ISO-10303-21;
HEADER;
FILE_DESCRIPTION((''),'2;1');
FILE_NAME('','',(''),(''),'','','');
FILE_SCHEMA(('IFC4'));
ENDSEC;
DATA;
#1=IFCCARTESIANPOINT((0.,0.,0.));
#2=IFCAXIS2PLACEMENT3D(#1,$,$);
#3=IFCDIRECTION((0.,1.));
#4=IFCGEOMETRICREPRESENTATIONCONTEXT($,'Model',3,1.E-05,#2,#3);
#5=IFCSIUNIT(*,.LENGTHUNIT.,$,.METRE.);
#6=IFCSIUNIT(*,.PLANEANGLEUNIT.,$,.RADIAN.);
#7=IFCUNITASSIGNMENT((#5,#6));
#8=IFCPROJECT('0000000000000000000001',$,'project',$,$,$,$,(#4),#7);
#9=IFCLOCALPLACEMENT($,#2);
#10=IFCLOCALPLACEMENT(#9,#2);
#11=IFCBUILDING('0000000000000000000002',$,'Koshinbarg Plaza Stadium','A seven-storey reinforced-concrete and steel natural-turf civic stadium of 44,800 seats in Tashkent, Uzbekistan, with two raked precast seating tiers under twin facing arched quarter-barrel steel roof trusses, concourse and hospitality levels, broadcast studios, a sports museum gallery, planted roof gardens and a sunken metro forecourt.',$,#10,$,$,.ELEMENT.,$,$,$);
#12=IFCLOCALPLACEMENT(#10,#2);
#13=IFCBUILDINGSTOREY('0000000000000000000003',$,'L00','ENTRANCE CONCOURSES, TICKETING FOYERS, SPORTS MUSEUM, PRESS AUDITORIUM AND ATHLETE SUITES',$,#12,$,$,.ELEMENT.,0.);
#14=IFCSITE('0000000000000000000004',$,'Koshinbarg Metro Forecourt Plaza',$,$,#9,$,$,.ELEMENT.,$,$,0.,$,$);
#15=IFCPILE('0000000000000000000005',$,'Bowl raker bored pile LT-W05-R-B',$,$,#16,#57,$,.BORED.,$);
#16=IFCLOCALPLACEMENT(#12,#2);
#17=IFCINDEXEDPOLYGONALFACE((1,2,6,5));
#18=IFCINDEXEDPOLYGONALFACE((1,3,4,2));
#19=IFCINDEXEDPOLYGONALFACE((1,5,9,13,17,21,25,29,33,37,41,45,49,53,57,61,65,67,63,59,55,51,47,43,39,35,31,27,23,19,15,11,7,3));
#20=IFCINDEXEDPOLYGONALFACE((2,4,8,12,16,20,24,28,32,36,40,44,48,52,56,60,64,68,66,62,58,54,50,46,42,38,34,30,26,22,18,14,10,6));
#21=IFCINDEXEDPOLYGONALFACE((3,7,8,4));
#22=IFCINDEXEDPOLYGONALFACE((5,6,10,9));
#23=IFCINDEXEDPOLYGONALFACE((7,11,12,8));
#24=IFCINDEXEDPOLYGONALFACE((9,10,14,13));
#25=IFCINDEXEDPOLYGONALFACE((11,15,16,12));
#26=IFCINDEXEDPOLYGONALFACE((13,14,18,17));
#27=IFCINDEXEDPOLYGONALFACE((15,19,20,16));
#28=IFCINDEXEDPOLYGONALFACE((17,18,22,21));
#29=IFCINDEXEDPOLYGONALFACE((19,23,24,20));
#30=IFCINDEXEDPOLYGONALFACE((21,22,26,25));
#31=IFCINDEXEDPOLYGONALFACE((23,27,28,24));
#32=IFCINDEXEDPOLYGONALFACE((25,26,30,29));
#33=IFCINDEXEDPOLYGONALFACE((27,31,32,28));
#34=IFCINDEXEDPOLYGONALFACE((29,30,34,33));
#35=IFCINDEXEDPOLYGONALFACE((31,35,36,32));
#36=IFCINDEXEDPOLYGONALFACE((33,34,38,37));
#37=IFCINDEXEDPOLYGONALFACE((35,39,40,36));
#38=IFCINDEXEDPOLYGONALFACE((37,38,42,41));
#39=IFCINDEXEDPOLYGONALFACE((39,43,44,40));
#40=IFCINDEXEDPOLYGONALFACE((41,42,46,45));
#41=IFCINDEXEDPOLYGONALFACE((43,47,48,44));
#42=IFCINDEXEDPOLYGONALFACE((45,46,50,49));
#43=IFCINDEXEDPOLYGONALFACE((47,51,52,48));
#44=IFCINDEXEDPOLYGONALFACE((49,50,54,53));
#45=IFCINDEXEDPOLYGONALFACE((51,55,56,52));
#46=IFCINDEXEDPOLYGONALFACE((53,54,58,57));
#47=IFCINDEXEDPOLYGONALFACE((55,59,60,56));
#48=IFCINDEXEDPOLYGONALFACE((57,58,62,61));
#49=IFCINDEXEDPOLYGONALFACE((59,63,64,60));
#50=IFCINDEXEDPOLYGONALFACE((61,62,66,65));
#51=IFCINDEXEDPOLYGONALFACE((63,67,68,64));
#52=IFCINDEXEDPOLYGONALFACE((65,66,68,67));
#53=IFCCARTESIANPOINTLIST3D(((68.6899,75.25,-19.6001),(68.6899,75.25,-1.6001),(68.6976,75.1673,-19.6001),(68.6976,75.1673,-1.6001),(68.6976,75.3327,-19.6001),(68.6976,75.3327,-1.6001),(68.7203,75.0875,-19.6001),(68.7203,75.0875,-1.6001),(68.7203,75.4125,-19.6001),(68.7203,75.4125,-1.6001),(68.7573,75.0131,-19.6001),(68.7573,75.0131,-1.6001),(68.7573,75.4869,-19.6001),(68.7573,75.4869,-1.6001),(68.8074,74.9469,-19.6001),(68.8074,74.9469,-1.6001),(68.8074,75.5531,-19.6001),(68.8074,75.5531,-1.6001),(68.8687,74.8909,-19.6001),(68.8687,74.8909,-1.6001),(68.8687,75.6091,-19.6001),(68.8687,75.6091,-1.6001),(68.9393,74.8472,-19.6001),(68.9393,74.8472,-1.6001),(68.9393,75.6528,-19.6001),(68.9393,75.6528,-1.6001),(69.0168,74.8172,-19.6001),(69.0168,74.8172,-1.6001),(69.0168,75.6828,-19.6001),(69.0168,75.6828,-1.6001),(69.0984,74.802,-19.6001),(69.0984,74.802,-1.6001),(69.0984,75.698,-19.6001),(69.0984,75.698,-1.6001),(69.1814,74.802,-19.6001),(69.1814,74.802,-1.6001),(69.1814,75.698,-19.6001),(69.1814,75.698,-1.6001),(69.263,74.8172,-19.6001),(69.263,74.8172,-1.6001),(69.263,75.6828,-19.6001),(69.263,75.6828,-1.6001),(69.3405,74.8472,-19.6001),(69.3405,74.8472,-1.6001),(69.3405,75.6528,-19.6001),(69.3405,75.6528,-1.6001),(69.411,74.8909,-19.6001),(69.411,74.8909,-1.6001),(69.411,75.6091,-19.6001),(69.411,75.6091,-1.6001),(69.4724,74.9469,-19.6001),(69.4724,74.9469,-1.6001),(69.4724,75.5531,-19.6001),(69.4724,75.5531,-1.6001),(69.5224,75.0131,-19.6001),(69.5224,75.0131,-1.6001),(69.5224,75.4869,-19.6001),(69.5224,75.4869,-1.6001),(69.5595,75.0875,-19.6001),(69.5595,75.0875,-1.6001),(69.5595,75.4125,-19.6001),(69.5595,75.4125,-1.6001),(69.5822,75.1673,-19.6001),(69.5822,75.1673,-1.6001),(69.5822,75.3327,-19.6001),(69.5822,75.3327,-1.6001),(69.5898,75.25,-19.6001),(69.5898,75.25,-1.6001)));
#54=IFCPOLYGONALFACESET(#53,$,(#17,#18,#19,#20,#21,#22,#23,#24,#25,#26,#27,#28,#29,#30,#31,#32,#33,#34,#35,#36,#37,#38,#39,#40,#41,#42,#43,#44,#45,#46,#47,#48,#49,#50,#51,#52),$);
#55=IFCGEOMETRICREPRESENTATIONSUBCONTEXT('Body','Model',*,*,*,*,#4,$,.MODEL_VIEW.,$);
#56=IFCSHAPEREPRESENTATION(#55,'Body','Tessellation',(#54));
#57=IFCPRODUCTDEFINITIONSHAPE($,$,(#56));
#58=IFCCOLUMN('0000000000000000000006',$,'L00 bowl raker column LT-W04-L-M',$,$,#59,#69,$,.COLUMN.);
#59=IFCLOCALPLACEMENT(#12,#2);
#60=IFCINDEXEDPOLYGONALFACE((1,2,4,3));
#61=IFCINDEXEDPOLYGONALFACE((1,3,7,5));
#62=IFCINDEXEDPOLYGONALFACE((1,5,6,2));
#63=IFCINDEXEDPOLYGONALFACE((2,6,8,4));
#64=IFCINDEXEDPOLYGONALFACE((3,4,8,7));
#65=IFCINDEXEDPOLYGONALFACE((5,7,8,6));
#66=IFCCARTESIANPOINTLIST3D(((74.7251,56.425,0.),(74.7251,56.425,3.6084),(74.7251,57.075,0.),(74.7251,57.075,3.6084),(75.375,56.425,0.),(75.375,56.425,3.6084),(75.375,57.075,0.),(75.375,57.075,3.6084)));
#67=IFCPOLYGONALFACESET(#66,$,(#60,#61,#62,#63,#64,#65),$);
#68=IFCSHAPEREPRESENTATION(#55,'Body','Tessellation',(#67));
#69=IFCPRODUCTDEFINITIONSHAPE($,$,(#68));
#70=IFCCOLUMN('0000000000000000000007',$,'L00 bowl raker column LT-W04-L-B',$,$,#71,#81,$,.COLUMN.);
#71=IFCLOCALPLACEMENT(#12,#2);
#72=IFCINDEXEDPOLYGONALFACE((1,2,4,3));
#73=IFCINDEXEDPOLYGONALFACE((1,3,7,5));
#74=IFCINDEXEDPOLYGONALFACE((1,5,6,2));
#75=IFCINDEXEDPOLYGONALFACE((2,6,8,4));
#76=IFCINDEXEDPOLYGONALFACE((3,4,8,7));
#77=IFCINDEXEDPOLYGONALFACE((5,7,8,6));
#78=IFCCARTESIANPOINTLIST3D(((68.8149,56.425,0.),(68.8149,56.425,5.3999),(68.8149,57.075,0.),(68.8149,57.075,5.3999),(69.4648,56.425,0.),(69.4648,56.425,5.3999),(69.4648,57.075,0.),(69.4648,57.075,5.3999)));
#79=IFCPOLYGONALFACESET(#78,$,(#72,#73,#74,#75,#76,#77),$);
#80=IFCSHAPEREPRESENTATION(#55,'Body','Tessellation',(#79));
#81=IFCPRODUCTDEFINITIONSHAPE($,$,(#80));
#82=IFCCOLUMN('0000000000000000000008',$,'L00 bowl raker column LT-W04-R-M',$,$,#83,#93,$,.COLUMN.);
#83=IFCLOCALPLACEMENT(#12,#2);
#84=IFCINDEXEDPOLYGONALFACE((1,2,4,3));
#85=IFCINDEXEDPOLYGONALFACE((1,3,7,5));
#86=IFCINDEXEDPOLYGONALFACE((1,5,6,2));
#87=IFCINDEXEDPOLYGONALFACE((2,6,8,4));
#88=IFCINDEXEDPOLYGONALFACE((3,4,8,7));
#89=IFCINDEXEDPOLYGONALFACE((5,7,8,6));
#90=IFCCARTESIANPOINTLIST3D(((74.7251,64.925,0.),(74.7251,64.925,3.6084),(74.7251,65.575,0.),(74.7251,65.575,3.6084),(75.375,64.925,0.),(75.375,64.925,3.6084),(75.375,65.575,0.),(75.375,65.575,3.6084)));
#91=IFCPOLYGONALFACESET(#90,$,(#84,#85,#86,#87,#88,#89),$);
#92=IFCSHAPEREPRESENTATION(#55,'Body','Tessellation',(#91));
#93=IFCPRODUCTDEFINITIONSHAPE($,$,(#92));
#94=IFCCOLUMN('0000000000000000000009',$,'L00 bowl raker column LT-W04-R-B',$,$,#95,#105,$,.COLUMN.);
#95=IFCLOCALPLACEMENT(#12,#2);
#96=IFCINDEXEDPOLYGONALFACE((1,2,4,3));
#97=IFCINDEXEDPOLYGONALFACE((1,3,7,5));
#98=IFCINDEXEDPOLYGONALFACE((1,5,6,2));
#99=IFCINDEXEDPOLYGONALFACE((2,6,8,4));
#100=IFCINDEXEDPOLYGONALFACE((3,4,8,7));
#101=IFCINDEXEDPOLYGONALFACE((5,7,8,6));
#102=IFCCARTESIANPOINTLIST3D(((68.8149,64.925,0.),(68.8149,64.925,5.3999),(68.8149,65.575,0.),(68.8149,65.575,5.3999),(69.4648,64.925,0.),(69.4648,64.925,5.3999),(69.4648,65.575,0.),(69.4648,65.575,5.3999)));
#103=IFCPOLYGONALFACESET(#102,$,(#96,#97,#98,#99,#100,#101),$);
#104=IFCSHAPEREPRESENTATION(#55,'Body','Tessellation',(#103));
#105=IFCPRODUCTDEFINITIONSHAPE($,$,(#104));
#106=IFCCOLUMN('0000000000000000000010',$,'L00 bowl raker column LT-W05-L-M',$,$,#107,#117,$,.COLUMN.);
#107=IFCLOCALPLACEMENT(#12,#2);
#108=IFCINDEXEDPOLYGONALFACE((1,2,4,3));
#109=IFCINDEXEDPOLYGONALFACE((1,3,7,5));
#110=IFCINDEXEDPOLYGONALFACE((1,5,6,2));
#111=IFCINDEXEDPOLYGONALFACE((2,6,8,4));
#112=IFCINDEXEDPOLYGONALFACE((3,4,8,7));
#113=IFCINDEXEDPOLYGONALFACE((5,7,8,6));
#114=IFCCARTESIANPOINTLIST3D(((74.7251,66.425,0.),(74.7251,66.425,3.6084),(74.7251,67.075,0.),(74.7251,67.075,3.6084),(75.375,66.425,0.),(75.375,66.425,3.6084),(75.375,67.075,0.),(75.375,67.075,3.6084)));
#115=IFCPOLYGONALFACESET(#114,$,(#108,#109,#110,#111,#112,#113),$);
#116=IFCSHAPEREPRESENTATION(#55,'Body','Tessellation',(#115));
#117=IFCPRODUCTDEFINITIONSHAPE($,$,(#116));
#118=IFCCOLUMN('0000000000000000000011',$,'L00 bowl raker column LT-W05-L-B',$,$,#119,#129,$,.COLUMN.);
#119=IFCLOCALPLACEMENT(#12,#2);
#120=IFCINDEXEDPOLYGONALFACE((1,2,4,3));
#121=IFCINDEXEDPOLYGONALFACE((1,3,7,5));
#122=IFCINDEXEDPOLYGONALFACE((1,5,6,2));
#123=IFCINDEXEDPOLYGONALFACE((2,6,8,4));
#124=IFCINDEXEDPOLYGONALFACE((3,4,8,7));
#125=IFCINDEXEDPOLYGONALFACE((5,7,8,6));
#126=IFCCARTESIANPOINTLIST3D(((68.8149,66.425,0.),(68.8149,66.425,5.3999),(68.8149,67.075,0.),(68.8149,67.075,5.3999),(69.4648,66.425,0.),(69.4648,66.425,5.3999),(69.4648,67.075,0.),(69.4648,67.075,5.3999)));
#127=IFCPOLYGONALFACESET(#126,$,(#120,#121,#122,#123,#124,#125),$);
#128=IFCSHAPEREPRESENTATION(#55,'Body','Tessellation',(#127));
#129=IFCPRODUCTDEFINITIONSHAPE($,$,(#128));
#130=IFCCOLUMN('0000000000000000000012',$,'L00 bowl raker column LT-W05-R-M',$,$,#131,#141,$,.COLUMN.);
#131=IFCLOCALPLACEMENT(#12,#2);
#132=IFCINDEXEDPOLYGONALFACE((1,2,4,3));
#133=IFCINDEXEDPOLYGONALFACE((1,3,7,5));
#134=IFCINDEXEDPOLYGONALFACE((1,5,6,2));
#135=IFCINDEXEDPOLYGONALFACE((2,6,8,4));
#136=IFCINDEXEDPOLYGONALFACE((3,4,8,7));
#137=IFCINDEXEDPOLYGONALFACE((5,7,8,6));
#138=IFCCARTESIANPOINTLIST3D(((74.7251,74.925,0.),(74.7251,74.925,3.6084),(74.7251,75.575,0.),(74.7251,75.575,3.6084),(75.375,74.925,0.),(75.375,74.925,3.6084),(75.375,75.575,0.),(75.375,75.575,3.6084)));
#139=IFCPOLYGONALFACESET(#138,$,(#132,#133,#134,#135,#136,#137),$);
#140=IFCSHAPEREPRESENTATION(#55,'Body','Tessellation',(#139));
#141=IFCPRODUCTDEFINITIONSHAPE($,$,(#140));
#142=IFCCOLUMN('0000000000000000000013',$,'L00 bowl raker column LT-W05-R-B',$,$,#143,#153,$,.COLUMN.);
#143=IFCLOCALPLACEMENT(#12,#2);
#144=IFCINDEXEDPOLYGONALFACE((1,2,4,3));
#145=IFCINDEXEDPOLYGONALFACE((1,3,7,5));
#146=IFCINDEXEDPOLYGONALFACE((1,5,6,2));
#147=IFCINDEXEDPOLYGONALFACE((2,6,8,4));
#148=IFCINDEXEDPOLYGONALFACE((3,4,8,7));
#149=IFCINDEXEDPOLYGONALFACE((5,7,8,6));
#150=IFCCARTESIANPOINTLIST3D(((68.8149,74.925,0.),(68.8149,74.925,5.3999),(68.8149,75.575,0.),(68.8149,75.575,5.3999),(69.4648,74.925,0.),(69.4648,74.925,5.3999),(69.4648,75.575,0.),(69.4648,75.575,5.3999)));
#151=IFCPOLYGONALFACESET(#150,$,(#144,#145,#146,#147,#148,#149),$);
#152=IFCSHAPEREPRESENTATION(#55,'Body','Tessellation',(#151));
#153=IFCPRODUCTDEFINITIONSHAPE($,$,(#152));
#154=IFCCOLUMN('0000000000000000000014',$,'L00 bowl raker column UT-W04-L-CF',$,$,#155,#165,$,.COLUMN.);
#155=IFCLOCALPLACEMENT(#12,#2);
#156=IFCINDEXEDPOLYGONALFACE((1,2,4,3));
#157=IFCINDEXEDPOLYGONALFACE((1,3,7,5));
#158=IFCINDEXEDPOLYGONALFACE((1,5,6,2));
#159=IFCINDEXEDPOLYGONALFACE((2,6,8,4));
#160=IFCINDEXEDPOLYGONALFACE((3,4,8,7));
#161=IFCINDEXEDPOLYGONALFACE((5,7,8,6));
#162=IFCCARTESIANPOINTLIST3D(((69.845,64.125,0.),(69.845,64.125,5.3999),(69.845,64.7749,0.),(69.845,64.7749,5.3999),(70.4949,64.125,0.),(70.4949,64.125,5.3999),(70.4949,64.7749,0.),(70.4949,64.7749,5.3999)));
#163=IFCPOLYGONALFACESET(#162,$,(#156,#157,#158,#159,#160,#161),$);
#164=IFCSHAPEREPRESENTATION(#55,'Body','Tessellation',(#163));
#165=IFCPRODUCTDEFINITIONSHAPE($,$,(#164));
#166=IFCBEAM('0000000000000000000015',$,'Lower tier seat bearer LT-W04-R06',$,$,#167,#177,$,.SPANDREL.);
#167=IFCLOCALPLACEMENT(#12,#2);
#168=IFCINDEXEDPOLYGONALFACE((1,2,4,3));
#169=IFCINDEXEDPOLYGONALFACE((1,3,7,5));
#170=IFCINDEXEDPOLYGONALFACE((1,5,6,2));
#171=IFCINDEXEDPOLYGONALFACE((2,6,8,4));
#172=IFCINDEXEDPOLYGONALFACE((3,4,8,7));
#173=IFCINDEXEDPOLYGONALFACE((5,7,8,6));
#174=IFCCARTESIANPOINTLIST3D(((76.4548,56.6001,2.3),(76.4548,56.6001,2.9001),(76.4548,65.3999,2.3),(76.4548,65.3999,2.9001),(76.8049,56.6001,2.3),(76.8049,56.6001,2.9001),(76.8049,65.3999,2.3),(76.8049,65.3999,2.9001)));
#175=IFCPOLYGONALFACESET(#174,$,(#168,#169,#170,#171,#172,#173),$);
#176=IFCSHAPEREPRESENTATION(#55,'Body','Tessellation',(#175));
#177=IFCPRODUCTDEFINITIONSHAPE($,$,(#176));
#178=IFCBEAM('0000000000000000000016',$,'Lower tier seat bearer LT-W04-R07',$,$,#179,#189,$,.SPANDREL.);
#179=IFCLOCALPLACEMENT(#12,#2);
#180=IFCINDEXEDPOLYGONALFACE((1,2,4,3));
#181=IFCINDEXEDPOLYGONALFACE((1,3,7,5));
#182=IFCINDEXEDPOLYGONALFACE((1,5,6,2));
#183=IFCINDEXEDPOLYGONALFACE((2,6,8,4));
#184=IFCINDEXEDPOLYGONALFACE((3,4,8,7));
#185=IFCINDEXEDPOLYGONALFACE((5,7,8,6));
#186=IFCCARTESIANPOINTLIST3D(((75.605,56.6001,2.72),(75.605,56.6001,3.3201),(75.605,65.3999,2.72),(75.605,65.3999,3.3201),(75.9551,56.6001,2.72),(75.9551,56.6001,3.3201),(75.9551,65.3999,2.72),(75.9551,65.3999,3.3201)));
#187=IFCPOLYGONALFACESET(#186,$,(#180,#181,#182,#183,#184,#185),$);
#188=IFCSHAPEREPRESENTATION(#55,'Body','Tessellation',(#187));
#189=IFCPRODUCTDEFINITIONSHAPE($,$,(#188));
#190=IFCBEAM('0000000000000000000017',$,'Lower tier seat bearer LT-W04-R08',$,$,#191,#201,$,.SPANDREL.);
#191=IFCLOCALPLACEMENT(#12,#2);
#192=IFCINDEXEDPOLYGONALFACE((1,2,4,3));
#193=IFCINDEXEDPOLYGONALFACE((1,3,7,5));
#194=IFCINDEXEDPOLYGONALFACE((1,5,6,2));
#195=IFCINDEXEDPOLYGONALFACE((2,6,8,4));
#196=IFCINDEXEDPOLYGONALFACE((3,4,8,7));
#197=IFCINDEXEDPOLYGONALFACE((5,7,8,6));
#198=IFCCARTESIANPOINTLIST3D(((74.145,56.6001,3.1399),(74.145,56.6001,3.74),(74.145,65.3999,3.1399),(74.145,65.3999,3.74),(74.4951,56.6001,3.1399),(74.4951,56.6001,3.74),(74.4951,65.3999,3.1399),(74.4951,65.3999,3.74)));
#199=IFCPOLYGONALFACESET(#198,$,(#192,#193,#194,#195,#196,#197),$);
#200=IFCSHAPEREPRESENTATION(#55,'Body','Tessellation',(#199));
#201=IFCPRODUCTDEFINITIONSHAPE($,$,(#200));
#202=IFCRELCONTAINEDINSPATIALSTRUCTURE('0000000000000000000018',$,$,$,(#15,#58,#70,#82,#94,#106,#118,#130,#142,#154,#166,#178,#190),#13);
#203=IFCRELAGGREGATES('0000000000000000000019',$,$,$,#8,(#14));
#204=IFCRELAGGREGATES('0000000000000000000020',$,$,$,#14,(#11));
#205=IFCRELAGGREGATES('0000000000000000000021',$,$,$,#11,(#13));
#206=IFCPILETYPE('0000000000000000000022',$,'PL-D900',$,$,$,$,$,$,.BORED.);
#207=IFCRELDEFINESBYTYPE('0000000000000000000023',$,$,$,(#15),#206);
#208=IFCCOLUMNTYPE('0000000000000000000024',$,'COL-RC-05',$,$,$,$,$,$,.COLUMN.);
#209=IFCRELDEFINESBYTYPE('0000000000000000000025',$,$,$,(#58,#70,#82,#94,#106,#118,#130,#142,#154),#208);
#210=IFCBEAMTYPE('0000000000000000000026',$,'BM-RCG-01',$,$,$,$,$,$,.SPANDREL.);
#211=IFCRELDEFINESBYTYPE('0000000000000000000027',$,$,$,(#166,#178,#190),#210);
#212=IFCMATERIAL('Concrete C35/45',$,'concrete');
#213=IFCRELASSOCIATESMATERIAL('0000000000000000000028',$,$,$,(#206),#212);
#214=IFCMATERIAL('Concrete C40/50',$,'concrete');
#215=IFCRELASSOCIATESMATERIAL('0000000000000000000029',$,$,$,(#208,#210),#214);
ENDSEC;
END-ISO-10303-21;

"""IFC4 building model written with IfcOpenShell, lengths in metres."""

from ifc_helpers import new_model, si_unit, direction, frame, origin, origin_2d, place, context, subcontext, project, spatial, rectangle, circle, extrude, material, material_profile, profile_set, type_object, element, save


model = new_model("IFC4")

# Units and contexts
model_context = context("Model", 3, precision=1e-05, world=origin(), true_north=direction((0.0, 1.0)))
body_context = subcontext(model_context, "Body", "Model", "MODEL_VIEW")
ifc_project = project(units=[si_unit("LENGTHUNIT", "METRE"), si_unit("PLANEANGLEUNIT", "RADIAN")], contexts=[model_context])

# Site, building, storey
site_placement = place(None, origin())
site = spatial("IfcSite", under=ifc_project, at=site_placement, Name="Koshinbarg Metro Forecourt Plaza", CompositionType="ELEMENT", RefElevation=0.0)
building_placement = place(site_placement, origin())
building = spatial("IfcBuilding", under=site, at=building_placement, Name="Koshinbarg Plaza Stadium", Description="A seven-storey reinforced-concrete and steel natural-turf civic stadium of 44,800 seats in Tashkent, Uzbekistan, with two raked precast seating tiers under twin facing arched quarter-barrel steel roof trusses, concourse and hospitality levels, broadcast studios, a sports museum gallery, planted roof gardens and a sunken metro forecourt.", CompositionType="ELEMENT")
storey_placement = place(building_placement, origin())
storey = spatial("IfcBuildingStorey", under=building, at=storey_placement, Name="L00", Description="ENTRANCE CONCOURSES, TICKETING FOYERS, SPORTS MUSEUM, PRESS AUDITORIUM AND ATHLETE SUITES", CompositionType="ELEMENT", Elevation=0.0)

# Shared definitions
ifc_material_1 = material(Name="Concrete C35/45", Category="concrete")

# Pile
ifc_material_profile_1 = material_profile(ifc_material_1, circle(Radius=0.45, at=origin_2d()), Name="PILE D900")
ifc_profile_set_1 = profile_set([ifc_material_profile_1], Name="Concrete C35/45")
pile_type = type_object("IfcPileType", Name="PL-D900", PredefinedType="BORED", material=ifc_profile_set_1)
for number, where, z_axis, x_axis, name in (
    (1, (69.1399, 75.25, -1.6001), (0.0, 0.0, -1.0), (1.0, 0.0, 0.0), "Bowl raker bored pile LT-W05-R-B"),
):
    element("IfcPile", number, at=place(storey_placement, frame(where, z_axis=z_axis, x_axis=x_axis)), inside=storey, type_object=pile_type, Name=name, PredefinedType="BORED", context=body_context, shape_type="SweptSolid", body=[
        extrude(circle(Radius=0.45, at=origin_2d()), origin(), (0.0, 0.0, 1.0), 18.0),
    ])

# Columns
ifc_material_2 = material(Name="Concrete C40/50", Category="concrete")
ifc_material_profile_2 = material_profile(ifc_material_2, rectangle(XDim=0.6499, YDim=0.6499, at=origin_2d()), Name="RC 650x650")
ifc_profile_set_2 = profile_set([ifc_material_profile_2], Name="Concrete C40/50")
column_type = type_object("IfcColumnType", Name="COL-RC-05", PredefinedType="COLUMN", material=ifc_profile_set_2)
column_1_placement = place(storey_placement, frame((75.05, 56.75, 0.0), z_axis=(0.0, 0.0, 1.0), x_axis=(1.0, 0.0, 0.0)))
element("IfcColumn", 2, at=column_1_placement, inside=storey, type_object=column_type, Name="L00 bowl raker column LT-W04-L-M", PredefinedType="COLUMN", context=body_context, shape_type="SweptSolid", body=[
    extrude(rectangle(XDim=0.6499, YDim=0.6499, at=origin_2d()), origin(), (0.0, 0.0, 1.0), 3.6084),
])
column_2_placement = place(storey_placement, frame((69.1399, 56.75, 0.0), z_axis=(0.0, 0.0, 1.0), x_axis=(1.0, 0.0, 0.0)))
element("IfcColumn", 3, at=column_2_placement, inside=storey, type_object=column_type, Name="L00 bowl raker column LT-W04-L-B", PredefinedType="COLUMN", context=body_context, shape_type="SweptSolid", body=[
    extrude(rectangle(XDim=0.6499, YDim=0.6499, at=origin_2d()), origin(), (0.0, 0.0, 1.0), 5.3999),
])
column_3_placement = place(storey_placement, frame((75.05, 65.25, 0.0), z_axis=(0.0, 0.0, 1.0), x_axis=(1.0, 0.0, 0.0)))
element("IfcColumn", 4, at=column_3_placement, inside=storey, type_object=column_type, Name="L00 bowl raker column LT-W04-R-M", PredefinedType="COLUMN", context=body_context, shape_type="SweptSolid", body=[
    extrude(rectangle(XDim=0.6499, YDim=0.6499, at=origin_2d()), origin(), (0.0, 0.0, 1.0), 3.6084),
])
column_4_placement = place(storey_placement, frame((69.1399, 65.25, 0.0), z_axis=(0.0, 0.0, 1.0), x_axis=(1.0, 0.0, 0.0)))
element("IfcColumn", 5, at=column_4_placement, inside=storey, type_object=column_type, Name="L00 bowl raker column LT-W04-R-B", PredefinedType="COLUMN", context=body_context, shape_type="SweptSolid", body=[
    extrude(rectangle(XDim=0.6499, YDim=0.6499, at=origin_2d()), origin(), (0.0, 0.0, 1.0), 5.3999),
])
column_5_placement = place(storey_placement, frame((75.05, 66.75, 0.0), z_axis=(0.0, 0.0, 1.0), x_axis=(1.0, 0.0, 0.0)))
element("IfcColumn", 6, at=column_5_placement, inside=storey, type_object=column_type, Name="L00 bowl raker column LT-W05-L-M", PredefinedType="COLUMN", context=body_context, shape_type="SweptSolid", body=[
    extrude(rectangle(XDim=0.6499, YDim=0.6499, at=origin_2d()), origin(), (0.0, 0.0, 1.0), 3.6084),
])
column_6_placement = place(storey_placement, frame((69.1399, 66.75, 0.0), z_axis=(0.0, 0.0, 1.0), x_axis=(1.0, 0.0, 0.0)))
element("IfcColumn", 7, at=column_6_placement, inside=storey, type_object=column_type, Name="L00 bowl raker column LT-W05-L-B", PredefinedType="COLUMN", context=body_context, shape_type="SweptSolid", body=[
    extrude(rectangle(XDim=0.6499, YDim=0.6499, at=origin_2d()), origin(), (0.0, 0.0, 1.0), 5.3999),
])
column_7_placement = place(storey_placement, frame((75.05, 75.25, 0.0), z_axis=(0.0, 0.0, 1.0), x_axis=(1.0, 0.0, 0.0)))
element("IfcColumn", 8, at=column_7_placement, inside=storey, type_object=column_type, Name="L00 bowl raker column LT-W05-R-M", PredefinedType="COLUMN", context=body_context, shape_type="SweptSolid", body=[
    extrude(rectangle(XDim=0.6499, YDim=0.6499, at=origin_2d()), origin(), (0.0, 0.0, 1.0), 3.6084),
])
for number, where, z_axis, x_axis, name in (
    (9, (69.1399, 75.25, 0.0), (0.0, 0.0, 1.0), (1.0, 0.0, 0.0), "L00 bowl raker column LT-W05-R-B"),
    (10, (70.1699, 64.45, 0.0), (0.0, 0.0, 1.0), (1.0, 0.0, 0.0), "L00 bowl raker column UT-W04-L-CF"),
):
    element("IfcColumn", number, at=place(storey_placement, frame(where, z_axis=z_axis, x_axis=x_axis)), inside=storey, type_object=column_type, Name=name, PredefinedType="COLUMN", context=body_context, shape_type="SweptSolid", body=[
        extrude(rectangle(XDim=0.6499, YDim=0.6499, at=origin_2d()), origin(), (0.0, 0.0, 1.0), 5.3999),
    ])

# Beams
ifc_material_profile_3 = material_profile(ifc_material_2, rectangle(XDim=0.3501, YDim=0.6001, at=origin_2d()), Name="RC 350x600")
ifc_profile_set_3 = profile_set([ifc_material_profile_3], Name="Concrete C40/50")
beam_type = type_object("IfcBeamType", Name="BM-RCG-01", PredefinedType="SPANDREL", material=ifc_profile_set_3)
for number, where, z_axis, x_axis, name in (
    (11, (76.6299, 56.6001, 2.6001), (0.0, 1.0, 0.0), (-1.0, 0.0, 0.0), "Lower tier seat bearer LT-W04-R06"),
    (12, (75.78, 56.6001, 3.02), (0.0, 1.0, 0.0), (-1.0, 0.0, 0.0), "Lower tier seat bearer LT-W04-R07"),
    (13, (74.3201, 56.6001, 3.4399), (0.0, 1.0, 0.0), (-1.0, 0.0, 0.0), "Lower tier seat bearer LT-W04-R08"),
):
    element("IfcBeam", number, at=place(storey_placement, frame(where, z_axis=z_axis, x_axis=x_axis)), inside=storey, type_object=beam_type, Name=name, PredefinedType="SPANDREL", context=body_context, shape_type="SweptSolid", body=[
        extrude(rectangle(XDim=0.3501, YDim=0.6001, at=origin_2d()), origin(), (0.0, 0.0, 1.0), 8.7998),
    ])

save(model, "model.ifc")
